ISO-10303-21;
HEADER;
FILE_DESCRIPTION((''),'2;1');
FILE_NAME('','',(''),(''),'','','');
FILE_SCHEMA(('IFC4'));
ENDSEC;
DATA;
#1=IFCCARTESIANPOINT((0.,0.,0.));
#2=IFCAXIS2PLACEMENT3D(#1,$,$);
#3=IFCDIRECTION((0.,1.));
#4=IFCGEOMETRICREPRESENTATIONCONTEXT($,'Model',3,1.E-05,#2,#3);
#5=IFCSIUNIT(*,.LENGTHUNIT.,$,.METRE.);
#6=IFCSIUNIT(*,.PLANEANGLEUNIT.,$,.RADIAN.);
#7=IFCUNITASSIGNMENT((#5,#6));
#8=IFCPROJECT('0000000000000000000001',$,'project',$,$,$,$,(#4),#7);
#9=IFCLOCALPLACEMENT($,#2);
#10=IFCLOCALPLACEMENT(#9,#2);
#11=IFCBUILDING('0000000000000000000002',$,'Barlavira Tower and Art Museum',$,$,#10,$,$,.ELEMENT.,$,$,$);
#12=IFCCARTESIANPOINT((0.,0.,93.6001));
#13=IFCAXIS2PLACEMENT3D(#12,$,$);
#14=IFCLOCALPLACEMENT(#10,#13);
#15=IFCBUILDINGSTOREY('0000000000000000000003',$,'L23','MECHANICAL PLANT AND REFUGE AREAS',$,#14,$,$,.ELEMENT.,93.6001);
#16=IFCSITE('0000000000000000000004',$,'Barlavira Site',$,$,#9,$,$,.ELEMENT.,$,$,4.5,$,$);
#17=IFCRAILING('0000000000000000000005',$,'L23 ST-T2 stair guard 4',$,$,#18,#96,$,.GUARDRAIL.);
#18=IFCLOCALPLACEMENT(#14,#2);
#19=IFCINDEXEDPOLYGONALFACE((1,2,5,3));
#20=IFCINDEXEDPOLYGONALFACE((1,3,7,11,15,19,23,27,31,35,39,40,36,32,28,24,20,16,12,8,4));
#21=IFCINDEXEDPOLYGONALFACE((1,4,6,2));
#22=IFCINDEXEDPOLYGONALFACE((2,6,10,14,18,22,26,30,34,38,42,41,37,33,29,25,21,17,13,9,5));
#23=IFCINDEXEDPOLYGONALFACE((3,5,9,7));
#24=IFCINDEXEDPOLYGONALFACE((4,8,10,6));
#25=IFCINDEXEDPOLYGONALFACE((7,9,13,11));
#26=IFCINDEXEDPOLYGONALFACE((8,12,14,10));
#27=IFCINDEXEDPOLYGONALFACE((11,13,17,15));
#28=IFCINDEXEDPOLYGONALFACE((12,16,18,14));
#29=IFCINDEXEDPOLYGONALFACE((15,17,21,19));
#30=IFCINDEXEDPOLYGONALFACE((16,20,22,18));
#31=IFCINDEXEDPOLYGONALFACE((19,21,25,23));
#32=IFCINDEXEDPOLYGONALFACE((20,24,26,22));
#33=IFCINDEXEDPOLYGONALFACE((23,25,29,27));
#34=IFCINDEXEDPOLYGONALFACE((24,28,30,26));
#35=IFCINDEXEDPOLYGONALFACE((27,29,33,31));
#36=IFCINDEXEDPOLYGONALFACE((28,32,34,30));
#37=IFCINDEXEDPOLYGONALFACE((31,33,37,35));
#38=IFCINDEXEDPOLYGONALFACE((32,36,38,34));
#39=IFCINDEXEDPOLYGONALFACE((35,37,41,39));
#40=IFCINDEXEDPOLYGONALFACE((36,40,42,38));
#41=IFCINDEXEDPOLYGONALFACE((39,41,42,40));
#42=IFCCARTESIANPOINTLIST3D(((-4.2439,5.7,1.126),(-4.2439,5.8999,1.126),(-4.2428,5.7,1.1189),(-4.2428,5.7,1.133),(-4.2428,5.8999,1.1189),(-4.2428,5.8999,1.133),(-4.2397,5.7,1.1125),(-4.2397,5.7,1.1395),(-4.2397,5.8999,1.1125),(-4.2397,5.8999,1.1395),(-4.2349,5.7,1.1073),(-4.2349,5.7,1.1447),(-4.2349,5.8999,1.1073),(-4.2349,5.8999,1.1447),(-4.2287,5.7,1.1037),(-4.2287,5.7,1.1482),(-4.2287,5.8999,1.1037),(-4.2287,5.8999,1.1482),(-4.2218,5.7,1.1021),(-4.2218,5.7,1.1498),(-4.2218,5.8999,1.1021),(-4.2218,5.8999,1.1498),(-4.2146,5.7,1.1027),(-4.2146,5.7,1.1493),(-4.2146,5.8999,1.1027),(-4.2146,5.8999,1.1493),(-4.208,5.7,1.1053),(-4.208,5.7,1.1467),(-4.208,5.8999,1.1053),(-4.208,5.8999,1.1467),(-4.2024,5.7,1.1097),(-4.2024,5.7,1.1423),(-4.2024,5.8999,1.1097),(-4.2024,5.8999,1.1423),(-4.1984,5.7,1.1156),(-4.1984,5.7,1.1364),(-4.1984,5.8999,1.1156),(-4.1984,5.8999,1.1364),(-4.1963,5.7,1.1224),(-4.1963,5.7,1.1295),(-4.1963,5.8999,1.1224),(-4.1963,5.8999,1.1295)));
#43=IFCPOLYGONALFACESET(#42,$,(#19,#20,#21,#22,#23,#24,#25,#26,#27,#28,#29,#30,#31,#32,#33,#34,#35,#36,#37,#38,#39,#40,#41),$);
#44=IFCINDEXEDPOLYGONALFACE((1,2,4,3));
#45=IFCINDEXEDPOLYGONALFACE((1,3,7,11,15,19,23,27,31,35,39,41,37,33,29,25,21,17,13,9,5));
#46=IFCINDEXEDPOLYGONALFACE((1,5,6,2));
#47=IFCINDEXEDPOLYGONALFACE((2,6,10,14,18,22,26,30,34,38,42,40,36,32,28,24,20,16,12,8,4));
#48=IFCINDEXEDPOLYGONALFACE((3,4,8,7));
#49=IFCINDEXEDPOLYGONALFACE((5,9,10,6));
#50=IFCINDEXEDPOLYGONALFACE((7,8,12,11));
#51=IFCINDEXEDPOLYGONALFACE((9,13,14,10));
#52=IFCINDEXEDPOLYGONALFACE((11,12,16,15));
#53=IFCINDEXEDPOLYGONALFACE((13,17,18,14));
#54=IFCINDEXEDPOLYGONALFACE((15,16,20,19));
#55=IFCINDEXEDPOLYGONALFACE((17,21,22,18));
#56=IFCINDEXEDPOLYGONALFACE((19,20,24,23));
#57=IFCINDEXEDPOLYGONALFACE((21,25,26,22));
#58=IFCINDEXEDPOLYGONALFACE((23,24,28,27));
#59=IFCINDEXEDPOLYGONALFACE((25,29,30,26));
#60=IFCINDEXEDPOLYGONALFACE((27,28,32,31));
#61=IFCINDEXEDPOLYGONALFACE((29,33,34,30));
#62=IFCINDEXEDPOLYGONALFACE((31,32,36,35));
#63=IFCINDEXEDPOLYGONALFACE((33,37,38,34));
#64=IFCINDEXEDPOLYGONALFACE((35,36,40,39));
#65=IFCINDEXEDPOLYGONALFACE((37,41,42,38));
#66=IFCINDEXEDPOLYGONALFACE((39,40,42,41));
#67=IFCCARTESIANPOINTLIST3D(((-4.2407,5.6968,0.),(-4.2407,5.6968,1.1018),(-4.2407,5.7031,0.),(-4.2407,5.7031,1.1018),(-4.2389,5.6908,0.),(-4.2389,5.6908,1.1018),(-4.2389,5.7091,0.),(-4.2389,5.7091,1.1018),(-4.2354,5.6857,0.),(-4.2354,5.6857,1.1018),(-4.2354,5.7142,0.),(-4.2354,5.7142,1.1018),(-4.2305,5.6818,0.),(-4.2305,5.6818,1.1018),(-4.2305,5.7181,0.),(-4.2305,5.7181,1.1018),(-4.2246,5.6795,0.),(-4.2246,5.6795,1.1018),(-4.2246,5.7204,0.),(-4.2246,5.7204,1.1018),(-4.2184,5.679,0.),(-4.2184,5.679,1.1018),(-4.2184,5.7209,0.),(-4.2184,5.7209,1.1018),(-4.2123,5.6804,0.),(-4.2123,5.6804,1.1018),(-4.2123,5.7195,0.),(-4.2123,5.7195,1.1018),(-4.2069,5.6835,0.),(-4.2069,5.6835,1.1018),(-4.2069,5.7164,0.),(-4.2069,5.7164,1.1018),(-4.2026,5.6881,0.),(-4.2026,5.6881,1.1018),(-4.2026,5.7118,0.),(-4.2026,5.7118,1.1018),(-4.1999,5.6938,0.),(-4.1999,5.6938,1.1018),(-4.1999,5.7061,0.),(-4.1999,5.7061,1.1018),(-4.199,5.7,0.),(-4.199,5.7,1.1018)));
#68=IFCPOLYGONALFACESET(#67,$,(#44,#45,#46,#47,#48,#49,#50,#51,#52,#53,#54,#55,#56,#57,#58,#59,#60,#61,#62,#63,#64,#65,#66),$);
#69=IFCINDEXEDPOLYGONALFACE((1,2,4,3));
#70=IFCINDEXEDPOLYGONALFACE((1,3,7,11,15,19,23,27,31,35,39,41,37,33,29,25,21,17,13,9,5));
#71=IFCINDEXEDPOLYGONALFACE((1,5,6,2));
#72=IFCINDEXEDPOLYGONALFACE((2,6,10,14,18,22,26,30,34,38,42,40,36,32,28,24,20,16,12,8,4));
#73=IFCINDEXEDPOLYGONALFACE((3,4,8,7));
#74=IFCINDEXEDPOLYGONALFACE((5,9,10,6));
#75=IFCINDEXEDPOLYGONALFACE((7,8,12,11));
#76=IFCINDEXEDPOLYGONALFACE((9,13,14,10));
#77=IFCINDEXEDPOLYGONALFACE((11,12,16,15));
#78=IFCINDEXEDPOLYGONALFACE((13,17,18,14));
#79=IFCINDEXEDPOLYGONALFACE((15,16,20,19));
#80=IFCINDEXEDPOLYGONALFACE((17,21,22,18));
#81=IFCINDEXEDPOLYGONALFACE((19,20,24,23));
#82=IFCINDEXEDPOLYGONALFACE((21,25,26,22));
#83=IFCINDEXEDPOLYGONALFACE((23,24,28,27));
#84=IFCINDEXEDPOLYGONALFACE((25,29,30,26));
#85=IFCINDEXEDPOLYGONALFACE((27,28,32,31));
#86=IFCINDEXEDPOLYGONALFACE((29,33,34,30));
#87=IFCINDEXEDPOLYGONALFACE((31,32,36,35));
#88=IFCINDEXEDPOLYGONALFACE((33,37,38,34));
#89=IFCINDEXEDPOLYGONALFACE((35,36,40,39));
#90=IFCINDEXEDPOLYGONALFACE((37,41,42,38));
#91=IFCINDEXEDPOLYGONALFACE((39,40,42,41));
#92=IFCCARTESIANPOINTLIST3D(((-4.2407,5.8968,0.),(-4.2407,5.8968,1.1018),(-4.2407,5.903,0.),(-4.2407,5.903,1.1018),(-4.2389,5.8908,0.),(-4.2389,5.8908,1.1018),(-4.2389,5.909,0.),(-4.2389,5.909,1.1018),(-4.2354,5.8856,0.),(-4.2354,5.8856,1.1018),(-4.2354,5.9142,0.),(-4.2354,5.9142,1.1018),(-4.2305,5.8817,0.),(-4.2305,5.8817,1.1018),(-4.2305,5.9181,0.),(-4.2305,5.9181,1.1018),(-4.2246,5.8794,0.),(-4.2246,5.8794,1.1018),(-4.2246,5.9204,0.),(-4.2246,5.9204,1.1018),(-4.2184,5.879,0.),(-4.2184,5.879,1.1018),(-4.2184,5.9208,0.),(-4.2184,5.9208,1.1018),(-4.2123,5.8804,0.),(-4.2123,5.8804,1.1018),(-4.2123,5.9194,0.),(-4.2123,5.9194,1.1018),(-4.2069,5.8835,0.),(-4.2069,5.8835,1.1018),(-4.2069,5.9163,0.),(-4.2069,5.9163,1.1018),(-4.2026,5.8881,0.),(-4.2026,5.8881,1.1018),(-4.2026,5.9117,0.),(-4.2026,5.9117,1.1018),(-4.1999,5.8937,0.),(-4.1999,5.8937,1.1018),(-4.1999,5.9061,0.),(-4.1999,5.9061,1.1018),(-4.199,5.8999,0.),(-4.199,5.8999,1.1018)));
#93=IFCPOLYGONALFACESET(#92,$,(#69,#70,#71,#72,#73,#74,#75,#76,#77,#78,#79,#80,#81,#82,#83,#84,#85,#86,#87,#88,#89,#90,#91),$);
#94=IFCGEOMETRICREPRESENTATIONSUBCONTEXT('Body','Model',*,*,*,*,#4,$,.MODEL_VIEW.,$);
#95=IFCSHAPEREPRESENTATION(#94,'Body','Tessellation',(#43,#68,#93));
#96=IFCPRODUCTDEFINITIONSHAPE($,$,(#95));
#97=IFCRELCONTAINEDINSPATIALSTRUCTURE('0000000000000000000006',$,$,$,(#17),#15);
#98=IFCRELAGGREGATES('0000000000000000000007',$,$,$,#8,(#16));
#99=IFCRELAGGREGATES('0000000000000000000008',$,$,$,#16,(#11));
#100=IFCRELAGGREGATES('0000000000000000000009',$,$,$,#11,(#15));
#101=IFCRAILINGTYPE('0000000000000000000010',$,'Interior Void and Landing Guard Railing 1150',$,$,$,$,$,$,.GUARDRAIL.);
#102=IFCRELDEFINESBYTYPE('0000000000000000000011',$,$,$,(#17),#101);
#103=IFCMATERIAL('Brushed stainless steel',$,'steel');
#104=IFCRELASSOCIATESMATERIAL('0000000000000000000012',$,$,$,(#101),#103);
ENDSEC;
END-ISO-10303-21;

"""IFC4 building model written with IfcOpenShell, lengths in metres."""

from ifc_helpers import new_model, si_unit, direction, frame, origin, origin_2d, place, context, subcontext, project, spatial, circle, extrude, material, type_object, element, save


model = new_model("IFC4")

# Units and contexts
model_context = context("Model", 3, precision=1e-05, world=origin(), true_north=direction((0.0, 1.0)))
body_context = subcontext(model_context, "Body", "Model", "MODEL_VIEW")
ifc_project = project(units=[si_unit("LENGTHUNIT", "METRE"), si_unit("PLANEANGLEUNIT", "RADIAN")], contexts=[model_context])

# Site, building, storey
site_placement = place(None, origin())
site = spatial("IfcSite", under=ifc_project, at=site_placement, Name="Barlavira Site", CompositionType="ELEMENT", RefElevation=4.5)
building_placement = place(site_placement, origin())
building = spatial("IfcBuilding", under=site, at=building_placement, Name="Barlavira Tower and Art Museum", CompositionType="ELEMENT")
storey_placement = place(building_placement, frame((0.0, 0.0, 93.6001)))
storey = spatial("IfcBuildingStorey", under=building, at=storey_placement, Name="L23", Description="MECHANICAL PLANT AND REFUGE AREAS", CompositionType="ELEMENT", Elevation=93.6001)

# Shared definitions
ifc_material_1 = material(Name="Brushed stainless steel", Category="steel")

# Railing
railing_type_1 = type_object("IfcRailingType", Name="Interior Void and Landing Guard Railing 1150", PredefinedType="GUARDRAIL", material=ifc_material_1)
railing_1_placement = place(storey_placement, frame((-4.22, 5.7, 0.0)))
element("IfcRailing", 1, at=railing_1_placement, inside=storey, type_object=railing_type_1, Name="L23 ST-T2 stair guard 4", PredefinedType="GUARDRAIL", context=body_context, shape_type="SweptSolid", body=[
    extrude(circle(Radius=0.0239, at=origin_2d()), frame((0.0, 0.0, 1.126), z_axis=(0.0, 1.0, 0.0), x_axis=(-1.0, 0.0, 0.0)), (0.0, 0.0, 1.0), 0.2),
    extrude(circle(Radius=0.021, at=origin_2d()), origin(), (0.0, 0.0, 1.0), 1.1018),
    extrude(circle(Radius=0.021, at=origin_2d()), frame((0.0, 0.2, 0.0)), (0.0, 0.0, 1.0), 1.1018),
])

save(model, "model.ifc")
